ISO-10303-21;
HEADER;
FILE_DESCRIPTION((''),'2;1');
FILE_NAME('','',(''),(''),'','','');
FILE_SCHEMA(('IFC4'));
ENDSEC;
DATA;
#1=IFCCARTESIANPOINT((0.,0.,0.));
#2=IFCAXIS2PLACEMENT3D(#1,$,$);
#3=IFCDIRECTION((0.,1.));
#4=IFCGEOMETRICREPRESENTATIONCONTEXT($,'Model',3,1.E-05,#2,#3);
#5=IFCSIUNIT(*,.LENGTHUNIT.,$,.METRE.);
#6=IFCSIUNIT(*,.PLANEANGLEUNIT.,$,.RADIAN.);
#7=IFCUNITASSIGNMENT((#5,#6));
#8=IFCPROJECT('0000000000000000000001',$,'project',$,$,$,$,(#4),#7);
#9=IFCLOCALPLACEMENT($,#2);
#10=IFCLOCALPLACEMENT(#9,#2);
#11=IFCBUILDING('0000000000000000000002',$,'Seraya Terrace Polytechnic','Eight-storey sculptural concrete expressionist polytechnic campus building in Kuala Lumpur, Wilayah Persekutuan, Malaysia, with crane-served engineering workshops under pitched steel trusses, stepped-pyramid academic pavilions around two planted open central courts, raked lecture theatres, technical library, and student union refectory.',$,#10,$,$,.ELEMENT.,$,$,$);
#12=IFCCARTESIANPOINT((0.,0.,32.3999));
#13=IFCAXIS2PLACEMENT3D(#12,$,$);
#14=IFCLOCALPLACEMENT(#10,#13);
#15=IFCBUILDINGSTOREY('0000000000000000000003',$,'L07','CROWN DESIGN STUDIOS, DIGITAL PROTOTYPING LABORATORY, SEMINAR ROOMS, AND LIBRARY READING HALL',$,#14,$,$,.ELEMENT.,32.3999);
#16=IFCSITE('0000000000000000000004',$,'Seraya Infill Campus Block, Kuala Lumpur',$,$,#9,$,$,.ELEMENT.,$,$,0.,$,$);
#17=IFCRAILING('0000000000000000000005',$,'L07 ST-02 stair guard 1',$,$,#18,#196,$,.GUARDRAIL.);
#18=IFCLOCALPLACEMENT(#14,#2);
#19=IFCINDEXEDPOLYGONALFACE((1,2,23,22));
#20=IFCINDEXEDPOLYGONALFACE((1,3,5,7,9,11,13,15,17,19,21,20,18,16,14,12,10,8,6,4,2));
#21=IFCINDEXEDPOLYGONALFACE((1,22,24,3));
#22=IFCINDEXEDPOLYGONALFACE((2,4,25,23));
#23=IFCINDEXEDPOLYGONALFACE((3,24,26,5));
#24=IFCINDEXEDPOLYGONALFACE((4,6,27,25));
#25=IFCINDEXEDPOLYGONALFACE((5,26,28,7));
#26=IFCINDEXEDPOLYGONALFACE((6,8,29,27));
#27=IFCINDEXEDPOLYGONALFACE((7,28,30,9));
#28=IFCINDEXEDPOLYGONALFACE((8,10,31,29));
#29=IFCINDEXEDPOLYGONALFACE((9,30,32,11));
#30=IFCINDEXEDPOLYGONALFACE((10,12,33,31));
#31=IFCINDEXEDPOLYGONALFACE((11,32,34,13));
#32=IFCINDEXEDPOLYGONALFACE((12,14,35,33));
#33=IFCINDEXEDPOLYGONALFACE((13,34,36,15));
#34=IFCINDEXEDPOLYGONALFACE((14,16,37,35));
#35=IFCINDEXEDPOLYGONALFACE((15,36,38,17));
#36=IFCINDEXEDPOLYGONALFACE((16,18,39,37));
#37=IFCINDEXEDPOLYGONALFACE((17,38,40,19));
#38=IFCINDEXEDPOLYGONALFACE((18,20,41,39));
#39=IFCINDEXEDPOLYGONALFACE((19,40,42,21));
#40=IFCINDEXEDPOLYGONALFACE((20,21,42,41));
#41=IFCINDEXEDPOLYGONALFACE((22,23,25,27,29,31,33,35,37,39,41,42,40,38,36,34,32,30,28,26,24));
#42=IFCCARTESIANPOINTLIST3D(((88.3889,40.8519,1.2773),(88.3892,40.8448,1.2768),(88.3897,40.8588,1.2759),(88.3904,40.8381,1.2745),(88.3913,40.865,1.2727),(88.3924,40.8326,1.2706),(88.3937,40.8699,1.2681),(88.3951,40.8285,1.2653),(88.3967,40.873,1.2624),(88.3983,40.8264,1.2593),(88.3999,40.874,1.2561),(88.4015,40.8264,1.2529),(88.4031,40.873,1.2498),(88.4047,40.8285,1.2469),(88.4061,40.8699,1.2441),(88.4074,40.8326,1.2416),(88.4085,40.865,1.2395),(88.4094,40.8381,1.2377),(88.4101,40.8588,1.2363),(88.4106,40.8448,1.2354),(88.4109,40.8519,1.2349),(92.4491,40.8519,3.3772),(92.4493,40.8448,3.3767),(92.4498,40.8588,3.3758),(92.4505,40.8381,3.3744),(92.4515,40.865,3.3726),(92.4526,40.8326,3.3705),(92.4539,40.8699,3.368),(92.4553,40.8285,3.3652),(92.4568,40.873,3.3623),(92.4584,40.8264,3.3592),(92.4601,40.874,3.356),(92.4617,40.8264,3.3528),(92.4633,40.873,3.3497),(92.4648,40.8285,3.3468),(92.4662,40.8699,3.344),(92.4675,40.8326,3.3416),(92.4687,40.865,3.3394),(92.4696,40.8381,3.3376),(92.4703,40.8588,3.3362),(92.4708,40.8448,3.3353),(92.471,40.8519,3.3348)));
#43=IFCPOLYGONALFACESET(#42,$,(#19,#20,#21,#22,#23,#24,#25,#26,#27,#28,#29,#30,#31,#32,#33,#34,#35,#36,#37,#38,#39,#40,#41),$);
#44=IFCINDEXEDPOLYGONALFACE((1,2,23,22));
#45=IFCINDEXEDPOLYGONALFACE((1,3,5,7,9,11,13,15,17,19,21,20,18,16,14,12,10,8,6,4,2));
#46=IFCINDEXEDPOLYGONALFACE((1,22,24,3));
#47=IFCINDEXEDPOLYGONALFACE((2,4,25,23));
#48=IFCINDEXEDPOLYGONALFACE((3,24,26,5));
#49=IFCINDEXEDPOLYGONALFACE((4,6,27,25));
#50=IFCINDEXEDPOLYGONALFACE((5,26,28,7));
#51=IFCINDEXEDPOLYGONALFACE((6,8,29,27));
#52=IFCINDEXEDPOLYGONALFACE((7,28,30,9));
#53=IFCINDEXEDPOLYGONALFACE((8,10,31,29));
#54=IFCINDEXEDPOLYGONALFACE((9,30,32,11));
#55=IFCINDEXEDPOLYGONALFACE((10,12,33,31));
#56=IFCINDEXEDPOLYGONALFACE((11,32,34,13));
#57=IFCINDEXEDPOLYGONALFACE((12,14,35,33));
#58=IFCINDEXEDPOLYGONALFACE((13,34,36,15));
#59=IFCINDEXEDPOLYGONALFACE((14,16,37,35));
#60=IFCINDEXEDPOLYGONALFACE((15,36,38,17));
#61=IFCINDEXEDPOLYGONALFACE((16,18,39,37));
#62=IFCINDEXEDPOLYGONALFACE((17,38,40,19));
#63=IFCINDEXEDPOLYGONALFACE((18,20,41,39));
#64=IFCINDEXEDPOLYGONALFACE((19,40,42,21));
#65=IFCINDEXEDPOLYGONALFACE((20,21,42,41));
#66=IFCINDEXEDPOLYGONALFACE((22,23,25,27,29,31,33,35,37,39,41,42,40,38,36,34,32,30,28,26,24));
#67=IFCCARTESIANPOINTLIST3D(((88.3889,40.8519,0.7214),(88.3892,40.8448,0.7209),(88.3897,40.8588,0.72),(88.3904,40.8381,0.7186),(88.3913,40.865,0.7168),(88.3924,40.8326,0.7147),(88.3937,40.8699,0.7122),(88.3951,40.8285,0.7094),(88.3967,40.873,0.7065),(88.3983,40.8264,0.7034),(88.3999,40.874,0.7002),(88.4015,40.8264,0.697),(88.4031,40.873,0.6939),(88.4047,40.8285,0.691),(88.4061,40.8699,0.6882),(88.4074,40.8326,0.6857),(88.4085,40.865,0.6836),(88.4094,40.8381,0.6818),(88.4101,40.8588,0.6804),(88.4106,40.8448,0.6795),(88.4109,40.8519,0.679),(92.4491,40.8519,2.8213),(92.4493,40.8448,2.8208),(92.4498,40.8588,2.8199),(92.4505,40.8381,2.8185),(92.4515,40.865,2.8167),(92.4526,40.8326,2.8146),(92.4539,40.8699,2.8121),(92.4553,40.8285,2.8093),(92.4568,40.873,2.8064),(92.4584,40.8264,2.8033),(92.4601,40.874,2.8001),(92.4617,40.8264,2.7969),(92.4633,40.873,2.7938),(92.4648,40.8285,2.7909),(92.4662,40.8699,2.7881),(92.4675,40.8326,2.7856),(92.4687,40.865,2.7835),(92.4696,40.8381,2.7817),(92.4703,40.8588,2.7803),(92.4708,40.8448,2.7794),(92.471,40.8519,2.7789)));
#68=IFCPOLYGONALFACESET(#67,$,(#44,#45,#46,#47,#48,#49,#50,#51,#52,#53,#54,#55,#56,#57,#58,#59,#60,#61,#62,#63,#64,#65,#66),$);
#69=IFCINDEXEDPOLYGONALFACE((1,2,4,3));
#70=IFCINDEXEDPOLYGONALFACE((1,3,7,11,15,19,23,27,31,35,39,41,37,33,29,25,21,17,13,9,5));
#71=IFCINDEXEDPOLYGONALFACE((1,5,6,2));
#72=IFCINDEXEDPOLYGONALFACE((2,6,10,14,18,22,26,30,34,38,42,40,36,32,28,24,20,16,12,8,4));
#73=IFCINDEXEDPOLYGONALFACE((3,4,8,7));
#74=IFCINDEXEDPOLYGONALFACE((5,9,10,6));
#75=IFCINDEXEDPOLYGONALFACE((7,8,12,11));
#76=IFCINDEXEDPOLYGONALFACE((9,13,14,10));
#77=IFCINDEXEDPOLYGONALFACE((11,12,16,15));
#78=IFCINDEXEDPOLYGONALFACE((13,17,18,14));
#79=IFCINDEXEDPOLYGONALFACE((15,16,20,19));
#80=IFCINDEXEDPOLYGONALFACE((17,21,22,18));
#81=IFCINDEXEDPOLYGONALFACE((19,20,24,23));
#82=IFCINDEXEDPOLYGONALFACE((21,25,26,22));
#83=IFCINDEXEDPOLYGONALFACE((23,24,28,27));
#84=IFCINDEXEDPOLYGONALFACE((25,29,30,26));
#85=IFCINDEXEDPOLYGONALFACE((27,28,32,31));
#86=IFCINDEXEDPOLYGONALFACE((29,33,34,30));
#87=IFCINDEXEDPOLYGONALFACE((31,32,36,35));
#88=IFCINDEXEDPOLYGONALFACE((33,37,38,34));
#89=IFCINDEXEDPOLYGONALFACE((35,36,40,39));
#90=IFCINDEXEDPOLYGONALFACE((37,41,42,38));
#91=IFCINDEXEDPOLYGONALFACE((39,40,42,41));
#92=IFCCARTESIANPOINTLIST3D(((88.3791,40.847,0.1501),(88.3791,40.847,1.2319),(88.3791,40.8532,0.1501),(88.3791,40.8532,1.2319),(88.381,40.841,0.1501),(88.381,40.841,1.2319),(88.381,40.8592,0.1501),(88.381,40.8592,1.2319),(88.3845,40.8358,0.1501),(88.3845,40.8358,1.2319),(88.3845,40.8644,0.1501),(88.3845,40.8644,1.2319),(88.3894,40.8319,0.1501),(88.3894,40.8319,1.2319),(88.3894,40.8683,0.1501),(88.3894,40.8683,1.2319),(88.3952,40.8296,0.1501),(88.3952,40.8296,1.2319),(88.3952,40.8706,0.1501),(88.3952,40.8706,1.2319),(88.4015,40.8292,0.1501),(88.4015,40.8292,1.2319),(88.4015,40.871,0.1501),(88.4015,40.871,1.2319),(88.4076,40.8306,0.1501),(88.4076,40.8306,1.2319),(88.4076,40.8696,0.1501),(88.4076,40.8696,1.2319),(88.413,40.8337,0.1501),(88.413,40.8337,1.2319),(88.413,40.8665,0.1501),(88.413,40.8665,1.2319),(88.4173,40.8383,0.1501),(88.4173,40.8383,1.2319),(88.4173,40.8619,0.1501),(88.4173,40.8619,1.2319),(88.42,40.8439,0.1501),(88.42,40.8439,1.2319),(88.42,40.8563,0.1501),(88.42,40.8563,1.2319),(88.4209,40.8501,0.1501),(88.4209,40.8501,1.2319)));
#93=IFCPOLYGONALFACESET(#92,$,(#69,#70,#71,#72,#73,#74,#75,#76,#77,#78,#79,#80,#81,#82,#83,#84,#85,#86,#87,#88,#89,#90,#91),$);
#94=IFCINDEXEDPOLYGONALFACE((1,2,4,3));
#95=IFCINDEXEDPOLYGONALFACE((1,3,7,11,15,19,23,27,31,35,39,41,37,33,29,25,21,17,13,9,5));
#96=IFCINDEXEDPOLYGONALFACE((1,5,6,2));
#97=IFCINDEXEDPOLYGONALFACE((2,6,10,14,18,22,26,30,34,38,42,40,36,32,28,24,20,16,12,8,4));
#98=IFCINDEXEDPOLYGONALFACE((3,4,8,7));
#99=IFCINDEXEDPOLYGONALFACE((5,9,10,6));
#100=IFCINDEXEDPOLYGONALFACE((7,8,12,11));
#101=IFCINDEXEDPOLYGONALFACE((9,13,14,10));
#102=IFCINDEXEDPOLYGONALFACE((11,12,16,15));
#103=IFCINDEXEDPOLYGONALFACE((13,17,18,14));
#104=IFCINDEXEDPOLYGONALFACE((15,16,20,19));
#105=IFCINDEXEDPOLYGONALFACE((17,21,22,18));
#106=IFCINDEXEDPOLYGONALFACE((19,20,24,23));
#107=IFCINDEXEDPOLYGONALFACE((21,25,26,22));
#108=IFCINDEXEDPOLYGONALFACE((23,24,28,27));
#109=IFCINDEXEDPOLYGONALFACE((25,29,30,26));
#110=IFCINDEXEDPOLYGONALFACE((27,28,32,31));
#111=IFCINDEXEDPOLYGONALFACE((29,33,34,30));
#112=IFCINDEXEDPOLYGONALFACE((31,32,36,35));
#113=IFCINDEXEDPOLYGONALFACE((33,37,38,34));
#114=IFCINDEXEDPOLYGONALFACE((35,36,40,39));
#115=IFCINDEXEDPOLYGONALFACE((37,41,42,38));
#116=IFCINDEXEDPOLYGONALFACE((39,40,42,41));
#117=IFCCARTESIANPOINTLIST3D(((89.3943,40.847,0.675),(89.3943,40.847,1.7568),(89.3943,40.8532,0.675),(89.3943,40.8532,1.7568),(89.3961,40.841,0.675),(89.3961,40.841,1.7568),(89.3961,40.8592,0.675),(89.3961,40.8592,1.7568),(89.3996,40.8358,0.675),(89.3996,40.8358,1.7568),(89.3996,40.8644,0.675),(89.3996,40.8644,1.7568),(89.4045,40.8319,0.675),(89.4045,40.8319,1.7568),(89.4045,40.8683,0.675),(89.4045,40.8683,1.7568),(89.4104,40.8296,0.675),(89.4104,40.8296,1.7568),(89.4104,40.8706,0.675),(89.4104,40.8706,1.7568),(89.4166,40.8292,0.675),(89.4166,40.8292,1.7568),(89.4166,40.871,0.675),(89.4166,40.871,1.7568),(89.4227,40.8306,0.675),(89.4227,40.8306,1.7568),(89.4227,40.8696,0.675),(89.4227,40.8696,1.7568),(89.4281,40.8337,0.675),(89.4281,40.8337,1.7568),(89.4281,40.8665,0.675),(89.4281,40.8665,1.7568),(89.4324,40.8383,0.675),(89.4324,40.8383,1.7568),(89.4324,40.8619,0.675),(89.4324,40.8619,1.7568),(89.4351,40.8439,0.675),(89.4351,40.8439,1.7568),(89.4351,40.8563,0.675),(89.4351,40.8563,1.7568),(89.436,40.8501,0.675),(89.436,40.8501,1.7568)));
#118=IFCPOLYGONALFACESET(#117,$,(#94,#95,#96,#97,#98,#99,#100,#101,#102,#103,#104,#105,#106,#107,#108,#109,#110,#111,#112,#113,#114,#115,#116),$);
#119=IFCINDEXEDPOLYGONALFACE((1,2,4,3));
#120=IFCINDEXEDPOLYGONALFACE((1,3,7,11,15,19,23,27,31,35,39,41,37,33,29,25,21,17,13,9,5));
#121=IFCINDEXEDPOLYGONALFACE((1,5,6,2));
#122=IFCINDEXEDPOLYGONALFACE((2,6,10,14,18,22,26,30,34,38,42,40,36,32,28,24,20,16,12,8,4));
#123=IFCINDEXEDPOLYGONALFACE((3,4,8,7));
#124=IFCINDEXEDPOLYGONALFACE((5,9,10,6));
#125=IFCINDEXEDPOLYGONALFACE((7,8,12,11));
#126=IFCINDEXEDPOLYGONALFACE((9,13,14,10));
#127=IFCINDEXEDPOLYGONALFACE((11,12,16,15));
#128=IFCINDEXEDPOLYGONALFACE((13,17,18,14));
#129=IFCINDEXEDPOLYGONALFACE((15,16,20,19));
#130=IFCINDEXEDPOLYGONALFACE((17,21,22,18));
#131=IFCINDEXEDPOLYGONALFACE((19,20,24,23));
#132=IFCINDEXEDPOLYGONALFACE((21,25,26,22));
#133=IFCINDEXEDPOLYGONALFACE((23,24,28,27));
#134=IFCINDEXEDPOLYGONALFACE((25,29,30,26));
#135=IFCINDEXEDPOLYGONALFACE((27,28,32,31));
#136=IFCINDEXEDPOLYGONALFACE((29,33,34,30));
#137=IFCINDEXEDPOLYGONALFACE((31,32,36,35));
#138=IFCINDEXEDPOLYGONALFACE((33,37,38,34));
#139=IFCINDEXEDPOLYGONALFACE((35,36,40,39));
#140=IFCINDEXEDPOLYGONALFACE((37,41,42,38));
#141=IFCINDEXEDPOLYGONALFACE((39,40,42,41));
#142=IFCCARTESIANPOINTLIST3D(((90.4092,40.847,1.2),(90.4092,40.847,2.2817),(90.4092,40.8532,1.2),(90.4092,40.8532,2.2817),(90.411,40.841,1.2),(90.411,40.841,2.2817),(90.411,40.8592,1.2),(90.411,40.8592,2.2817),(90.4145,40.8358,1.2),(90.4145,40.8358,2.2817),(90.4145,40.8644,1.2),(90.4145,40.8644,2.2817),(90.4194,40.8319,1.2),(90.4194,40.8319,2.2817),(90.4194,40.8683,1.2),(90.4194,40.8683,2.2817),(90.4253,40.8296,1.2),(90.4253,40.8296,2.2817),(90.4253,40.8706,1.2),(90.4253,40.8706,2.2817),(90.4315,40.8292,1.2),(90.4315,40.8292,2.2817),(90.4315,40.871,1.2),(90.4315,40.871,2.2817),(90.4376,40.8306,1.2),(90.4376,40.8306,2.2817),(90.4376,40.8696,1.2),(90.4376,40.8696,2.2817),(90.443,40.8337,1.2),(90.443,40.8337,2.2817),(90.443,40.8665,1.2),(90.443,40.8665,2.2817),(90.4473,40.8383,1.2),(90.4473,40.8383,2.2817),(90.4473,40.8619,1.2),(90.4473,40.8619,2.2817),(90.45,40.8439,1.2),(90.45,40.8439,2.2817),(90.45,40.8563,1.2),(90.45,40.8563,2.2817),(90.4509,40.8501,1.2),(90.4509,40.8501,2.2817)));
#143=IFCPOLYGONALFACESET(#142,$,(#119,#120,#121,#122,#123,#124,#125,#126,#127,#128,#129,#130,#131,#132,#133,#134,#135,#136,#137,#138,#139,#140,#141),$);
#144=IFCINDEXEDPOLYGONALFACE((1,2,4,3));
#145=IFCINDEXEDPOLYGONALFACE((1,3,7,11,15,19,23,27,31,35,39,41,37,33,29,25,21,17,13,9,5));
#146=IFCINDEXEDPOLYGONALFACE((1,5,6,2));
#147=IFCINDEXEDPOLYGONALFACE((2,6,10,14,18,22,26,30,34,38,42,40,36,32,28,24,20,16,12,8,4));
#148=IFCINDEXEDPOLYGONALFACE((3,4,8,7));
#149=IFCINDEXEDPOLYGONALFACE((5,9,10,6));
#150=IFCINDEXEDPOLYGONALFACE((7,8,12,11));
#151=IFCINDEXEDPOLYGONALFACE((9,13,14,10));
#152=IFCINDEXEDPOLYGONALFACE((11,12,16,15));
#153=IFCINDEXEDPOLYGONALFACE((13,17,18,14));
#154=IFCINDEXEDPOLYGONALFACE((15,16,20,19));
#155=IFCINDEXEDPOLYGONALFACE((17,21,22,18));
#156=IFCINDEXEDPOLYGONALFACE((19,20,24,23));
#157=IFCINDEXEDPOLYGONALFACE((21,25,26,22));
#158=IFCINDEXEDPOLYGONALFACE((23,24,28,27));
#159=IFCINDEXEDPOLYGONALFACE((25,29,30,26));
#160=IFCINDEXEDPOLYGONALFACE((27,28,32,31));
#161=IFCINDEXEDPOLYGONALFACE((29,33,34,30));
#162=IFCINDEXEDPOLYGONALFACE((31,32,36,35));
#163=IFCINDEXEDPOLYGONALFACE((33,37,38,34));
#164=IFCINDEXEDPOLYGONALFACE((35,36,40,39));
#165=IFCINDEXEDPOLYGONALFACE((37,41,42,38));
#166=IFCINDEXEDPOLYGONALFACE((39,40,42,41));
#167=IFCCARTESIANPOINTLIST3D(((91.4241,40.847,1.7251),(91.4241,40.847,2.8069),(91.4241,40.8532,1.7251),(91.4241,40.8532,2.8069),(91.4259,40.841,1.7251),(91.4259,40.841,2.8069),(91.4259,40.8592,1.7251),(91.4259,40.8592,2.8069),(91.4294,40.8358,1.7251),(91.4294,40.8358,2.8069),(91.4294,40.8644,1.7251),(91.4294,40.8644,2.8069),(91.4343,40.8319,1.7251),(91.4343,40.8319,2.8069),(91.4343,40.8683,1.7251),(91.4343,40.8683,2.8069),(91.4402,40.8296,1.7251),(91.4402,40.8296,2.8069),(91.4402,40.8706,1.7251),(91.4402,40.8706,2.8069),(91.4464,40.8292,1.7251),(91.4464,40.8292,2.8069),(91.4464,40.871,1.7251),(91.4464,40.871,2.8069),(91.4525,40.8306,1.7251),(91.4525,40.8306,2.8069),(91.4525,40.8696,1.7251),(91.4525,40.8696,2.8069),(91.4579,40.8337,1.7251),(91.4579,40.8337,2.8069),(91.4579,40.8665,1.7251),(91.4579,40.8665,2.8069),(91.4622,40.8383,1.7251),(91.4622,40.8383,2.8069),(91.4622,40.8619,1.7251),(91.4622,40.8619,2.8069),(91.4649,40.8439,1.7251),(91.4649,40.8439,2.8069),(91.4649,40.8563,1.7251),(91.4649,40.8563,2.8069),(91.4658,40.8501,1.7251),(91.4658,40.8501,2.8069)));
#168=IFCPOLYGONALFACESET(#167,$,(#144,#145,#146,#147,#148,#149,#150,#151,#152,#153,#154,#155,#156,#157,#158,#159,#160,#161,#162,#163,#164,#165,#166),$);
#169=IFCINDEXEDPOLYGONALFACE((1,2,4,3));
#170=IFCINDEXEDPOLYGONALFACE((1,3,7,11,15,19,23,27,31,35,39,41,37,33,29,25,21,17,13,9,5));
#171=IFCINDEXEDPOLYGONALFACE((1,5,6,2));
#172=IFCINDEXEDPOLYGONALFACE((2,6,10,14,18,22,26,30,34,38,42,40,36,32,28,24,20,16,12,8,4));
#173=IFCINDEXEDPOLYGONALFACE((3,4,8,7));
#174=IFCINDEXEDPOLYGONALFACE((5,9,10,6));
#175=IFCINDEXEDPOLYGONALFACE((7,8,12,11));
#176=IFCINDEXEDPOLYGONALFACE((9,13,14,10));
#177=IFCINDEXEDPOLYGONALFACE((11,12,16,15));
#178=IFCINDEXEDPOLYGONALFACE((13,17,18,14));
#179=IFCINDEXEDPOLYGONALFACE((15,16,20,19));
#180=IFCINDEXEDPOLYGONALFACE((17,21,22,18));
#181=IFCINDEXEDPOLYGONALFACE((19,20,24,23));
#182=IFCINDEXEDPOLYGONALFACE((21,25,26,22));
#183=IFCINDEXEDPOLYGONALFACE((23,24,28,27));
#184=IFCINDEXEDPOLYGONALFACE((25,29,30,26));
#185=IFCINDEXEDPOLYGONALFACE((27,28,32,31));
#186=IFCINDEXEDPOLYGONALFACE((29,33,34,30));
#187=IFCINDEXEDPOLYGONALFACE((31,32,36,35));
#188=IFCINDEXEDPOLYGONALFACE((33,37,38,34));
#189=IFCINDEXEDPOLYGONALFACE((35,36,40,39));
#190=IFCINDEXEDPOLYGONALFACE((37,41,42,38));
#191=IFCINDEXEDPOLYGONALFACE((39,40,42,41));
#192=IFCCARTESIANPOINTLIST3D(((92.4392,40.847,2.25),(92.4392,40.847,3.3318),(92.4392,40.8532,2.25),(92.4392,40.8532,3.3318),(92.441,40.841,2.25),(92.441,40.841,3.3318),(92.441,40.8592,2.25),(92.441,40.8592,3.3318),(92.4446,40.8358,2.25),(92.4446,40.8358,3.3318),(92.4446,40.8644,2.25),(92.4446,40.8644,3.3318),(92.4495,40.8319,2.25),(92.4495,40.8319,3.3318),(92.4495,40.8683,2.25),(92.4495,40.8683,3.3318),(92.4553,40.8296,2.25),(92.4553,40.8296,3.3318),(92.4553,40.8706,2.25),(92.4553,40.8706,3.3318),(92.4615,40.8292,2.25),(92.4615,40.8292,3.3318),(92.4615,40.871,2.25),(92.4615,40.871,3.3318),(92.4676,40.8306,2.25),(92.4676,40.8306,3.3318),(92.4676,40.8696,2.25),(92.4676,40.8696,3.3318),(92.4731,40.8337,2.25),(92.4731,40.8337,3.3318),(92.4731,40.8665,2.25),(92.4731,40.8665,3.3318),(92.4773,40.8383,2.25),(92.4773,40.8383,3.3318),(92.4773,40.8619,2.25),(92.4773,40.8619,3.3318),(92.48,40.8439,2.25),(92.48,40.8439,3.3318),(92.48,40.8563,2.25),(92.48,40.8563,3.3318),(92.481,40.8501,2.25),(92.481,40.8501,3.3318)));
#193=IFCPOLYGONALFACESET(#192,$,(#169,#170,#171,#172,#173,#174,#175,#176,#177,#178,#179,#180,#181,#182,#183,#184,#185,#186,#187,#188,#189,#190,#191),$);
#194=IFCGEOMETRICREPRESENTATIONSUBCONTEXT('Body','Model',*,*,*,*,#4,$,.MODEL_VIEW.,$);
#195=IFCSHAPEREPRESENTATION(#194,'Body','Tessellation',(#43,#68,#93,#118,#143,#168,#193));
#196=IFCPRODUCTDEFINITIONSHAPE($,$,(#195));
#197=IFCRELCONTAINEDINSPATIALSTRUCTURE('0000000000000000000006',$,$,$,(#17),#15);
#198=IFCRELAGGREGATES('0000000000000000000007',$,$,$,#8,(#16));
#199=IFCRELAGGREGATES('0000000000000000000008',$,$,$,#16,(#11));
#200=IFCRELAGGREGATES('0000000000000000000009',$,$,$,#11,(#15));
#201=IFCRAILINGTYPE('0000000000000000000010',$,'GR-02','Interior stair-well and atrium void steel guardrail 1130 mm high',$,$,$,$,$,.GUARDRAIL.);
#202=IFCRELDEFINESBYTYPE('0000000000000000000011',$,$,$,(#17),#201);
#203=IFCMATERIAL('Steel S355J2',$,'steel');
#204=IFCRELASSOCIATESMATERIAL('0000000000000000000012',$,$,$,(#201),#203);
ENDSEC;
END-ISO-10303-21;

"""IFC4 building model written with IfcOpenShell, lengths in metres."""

from ifc_helpers import new_model, si_unit, direction, frame, origin, origin_2d, place, context, subcontext, project, spatial, circle, extrude, material, type_object, element, save


model = new_model("IFC4")

# Units and contexts
model_context = context("Model", 3, precision=1e-05, world=origin(), true_north=direction((0.0, 1.0)))
body_context = subcontext(model_context, "Body", "Model", "MODEL_VIEW")
ifc_project = project(units=[si_unit("LENGTHUNIT", "METRE"), si_unit("PLANEANGLEUNIT", "RADIAN")], contexts=[model_context])

# Site, building, storey
site_placement = place(None, origin())
site = spatial("IfcSite", under=ifc_project, at=site_placement, Name="Seraya Infill Campus Block, Kuala Lumpur", CompositionType="ELEMENT", RefElevation=0.0)
building_placement = place(site_placement, origin())
building = spatial("IfcBuilding", under=site, at=building_placement, Name="Seraya Terrace Polytechnic", Description="Eight-storey sculptural concrete expressionist polytechnic campus building in Kuala Lumpur, Wilayah Persekutuan, Malaysia, with crane-served engineering workshops under pitched steel trusses, stepped-pyramid academic pavilions around two planted open central courts, raked lecture theatres, technical library, and student union refectory.", CompositionType="ELEMENT")
storey_placement = place(building_placement, frame((0.0, 0.0, 32.3999)))
storey = spatial("IfcBuildingStorey", under=building, at=storey_placement, Name="L07", Description="CROWN DESIGN STUDIOS, DIGITAL PROTOTYPING LABORATORY, SEMINAR ROOMS, AND LIBRARY READING HALL", CompositionType="ELEMENT", Elevation=32.3999)

# Shared definitions
ifc_material_1 = material(Name="Steel S355J2", Category="steel")

# Railing
railing_type_1 = type_object("IfcRailingType", Name="GR-02", Description="Interior stair-well and atrium void steel guardrail 1130 mm high", PredefinedType="GUARDRAIL", material=ifc_material_1)
railing_1_placement = place(storey_placement, frame((88.3999, 40.8501, 0.1501)))
element("IfcRailing", 1, at=railing_1_placement, inside=storey, type_object=railing_type_1, Name="L07 ST-02 stair guard 1", PredefinedType="GUARDRAIL", context=body_context, shape_type="SweptSolid", body=[
    extrude(circle(Radius=0.0239, at=origin_2d()), frame((0.0, 0.0, 1.106), z_axis=(0.888233, 0.0, 0.459392), x_axis=(0.0, 1.0, 0.0)), (0.0, 0.0, 1.0), 4.571),
    extrude(circle(Radius=0.0239, at=origin_2d()), frame((0.0, 0.0, 0.55), z_axis=(0.888233, 0.0, 0.459392), x_axis=(0.0, 1.0, 0.0)), (0.0, 0.0, 1.0), 4.571),
    extrude(circle(Radius=0.021, at=origin_2d()), origin(), (0.0, 0.0, 1.0), 1.0818),
    extrude(circle(Radius=0.021, at=origin_2d()), frame((1.0151, 0.0, 0.5249)), (0.0, 0.0, 1.0), 1.0818),
    extrude(circle(Radius=0.021, at=origin_2d()), frame((2.03, 0.0, 1.0498)), (0.0, 0.0, 1.0), 1.0818),
    extrude(circle(Radius=0.021, at=origin_2d()), frame((3.0449, 0.0, 1.575)), (0.0, 0.0, 1.0), 1.0818),
    extrude(circle(Radius=0.021, at=origin_2d()), frame((4.0601, 0.0, 2.0999)), (0.0, 0.0, 1.0), 1.0818),
])

save(model, "model.ifc")
